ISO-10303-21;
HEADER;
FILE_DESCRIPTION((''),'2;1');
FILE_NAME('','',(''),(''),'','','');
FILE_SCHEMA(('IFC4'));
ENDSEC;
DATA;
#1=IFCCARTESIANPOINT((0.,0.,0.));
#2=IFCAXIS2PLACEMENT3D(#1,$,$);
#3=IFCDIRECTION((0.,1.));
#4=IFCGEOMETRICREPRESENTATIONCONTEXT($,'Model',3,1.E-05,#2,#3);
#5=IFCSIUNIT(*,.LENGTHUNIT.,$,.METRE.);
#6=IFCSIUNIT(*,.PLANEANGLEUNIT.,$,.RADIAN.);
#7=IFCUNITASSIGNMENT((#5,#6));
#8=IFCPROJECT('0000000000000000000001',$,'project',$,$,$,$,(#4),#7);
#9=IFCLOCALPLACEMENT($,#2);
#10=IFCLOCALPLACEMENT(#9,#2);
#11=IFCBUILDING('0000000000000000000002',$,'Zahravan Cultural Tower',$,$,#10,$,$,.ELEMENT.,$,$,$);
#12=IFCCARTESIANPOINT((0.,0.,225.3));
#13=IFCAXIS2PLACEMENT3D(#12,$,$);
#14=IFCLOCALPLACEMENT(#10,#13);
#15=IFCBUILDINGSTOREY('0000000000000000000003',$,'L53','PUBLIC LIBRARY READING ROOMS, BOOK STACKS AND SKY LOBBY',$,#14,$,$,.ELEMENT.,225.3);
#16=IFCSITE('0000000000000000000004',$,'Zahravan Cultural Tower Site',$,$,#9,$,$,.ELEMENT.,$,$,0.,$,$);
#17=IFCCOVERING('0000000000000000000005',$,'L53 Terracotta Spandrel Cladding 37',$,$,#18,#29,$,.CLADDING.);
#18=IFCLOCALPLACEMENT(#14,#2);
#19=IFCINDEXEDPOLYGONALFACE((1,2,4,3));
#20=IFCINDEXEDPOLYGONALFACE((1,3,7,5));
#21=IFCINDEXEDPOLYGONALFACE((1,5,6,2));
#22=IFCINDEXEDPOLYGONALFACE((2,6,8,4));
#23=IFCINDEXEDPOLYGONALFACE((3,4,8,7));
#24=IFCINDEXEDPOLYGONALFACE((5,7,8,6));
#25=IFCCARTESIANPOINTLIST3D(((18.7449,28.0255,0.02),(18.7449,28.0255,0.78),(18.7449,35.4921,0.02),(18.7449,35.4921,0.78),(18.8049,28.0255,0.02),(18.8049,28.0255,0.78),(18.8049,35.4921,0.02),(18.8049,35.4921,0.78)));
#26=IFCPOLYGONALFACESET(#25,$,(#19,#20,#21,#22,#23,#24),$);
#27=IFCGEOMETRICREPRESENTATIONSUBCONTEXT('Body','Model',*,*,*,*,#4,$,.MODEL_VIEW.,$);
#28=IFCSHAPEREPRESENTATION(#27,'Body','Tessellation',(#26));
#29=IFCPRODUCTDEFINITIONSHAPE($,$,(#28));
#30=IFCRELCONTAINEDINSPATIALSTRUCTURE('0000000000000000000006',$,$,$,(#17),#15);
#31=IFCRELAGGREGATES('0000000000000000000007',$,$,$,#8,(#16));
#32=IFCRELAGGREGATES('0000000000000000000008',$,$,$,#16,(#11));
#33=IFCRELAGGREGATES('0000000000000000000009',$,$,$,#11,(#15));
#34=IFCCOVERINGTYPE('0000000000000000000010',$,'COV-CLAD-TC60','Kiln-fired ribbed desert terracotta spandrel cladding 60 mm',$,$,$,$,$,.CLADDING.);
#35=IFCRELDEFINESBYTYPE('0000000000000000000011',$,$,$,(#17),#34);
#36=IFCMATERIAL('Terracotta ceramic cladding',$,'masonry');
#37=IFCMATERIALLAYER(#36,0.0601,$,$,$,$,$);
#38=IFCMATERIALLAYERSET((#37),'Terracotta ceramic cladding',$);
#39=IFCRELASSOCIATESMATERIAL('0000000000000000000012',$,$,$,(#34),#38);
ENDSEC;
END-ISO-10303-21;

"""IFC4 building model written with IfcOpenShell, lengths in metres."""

from ifc_helpers import new_model, si_unit, direction, frame, origin, origin_2d, place, context, subcontext, project, spatial, rectangle, extrude, source, transform, mapped, material, layer, layer_set, type_object, element, save


model = new_model("IFC4")

# Units and contexts
model_context = context("Model", 3, precision=1e-05, world=origin(), true_north=direction((0.0, 1.0)))
body_context = subcontext(model_context, "Body", "Model", "MODEL_VIEW")
ifc_project = project(units=[si_unit("LENGTHUNIT", "METRE"), si_unit("PLANEANGLEUNIT", "RADIAN")], contexts=[model_context])

# Site, building, storey
site_placement = place(None, origin())
site = spatial("IfcSite", under=ifc_project, at=site_placement, Name="Zahravan Cultural Tower Site", CompositionType="ELEMENT", RefElevation=0.0)
building_placement = place(site_placement, origin())
building = spatial("IfcBuilding", under=site, at=building_placement, Name="Zahravan Cultural Tower", CompositionType="ELEMENT")
storey_placement = place(building_placement, frame((0.0, 0.0, 225.3)))
storey = spatial("IfcBuildingStorey", under=building, at=storey_placement, Name="L53", Description="PUBLIC LIBRARY READING ROOMS, BOOK STACKS AND SKY LOBBY", CompositionType="ELEMENT", Elevation=225.3)

# Covering
ifc_material_1 = material(Name="Terracotta ceramic cladding", Category="masonry")
ifc_layer_1 = layer(ifc_material_1, 0.0601)
ifc_layer_set_1 = layer_set([ifc_layer_1], Name="Terracotta ceramic cladding")
covering_type = type_object("IfcCoveringType", Name="COV-CLAD-TC60", Description="Kiln-fired ribbed desert terracotta spandrel cladding 60 mm", PredefinedType="CLADDING", material=ifc_layer_set_1)
shared_shape_1 = source(origin(), body_context, "Body", "SweptSolid", [
    extrude(rectangle(XDim=7.4666, YDim=0.0601, at=origin_2d()), origin(), (0.0, 0.0, 1.0), 0.76),
])
covering_1_placement = place(storey_placement, frame((18.7749, 31.7588, 0.02), z_axis=(0.0, 0.0, 1.0), x_axis=(0.0, 1.0, 0.0)))
element("IfcCovering", 1, at=covering_1_placement, inside=storey, type_object=covering_type, Name="L53 Terracotta Spandrel Cladding 37", PredefinedType="CLADDING", context=body_context, shape_type="MappedRepresentation", body=[
    mapped(shared_shape_1, transform((0.0, 0.0, 0.0), x_axis=(1.0, 0.0, 0.0), y_axis=(0.0, 1.0, 0.0), z_axis=(0.0, 0.0, 1.0), scale=1.0)),
])

save(model, "model.ifc")
